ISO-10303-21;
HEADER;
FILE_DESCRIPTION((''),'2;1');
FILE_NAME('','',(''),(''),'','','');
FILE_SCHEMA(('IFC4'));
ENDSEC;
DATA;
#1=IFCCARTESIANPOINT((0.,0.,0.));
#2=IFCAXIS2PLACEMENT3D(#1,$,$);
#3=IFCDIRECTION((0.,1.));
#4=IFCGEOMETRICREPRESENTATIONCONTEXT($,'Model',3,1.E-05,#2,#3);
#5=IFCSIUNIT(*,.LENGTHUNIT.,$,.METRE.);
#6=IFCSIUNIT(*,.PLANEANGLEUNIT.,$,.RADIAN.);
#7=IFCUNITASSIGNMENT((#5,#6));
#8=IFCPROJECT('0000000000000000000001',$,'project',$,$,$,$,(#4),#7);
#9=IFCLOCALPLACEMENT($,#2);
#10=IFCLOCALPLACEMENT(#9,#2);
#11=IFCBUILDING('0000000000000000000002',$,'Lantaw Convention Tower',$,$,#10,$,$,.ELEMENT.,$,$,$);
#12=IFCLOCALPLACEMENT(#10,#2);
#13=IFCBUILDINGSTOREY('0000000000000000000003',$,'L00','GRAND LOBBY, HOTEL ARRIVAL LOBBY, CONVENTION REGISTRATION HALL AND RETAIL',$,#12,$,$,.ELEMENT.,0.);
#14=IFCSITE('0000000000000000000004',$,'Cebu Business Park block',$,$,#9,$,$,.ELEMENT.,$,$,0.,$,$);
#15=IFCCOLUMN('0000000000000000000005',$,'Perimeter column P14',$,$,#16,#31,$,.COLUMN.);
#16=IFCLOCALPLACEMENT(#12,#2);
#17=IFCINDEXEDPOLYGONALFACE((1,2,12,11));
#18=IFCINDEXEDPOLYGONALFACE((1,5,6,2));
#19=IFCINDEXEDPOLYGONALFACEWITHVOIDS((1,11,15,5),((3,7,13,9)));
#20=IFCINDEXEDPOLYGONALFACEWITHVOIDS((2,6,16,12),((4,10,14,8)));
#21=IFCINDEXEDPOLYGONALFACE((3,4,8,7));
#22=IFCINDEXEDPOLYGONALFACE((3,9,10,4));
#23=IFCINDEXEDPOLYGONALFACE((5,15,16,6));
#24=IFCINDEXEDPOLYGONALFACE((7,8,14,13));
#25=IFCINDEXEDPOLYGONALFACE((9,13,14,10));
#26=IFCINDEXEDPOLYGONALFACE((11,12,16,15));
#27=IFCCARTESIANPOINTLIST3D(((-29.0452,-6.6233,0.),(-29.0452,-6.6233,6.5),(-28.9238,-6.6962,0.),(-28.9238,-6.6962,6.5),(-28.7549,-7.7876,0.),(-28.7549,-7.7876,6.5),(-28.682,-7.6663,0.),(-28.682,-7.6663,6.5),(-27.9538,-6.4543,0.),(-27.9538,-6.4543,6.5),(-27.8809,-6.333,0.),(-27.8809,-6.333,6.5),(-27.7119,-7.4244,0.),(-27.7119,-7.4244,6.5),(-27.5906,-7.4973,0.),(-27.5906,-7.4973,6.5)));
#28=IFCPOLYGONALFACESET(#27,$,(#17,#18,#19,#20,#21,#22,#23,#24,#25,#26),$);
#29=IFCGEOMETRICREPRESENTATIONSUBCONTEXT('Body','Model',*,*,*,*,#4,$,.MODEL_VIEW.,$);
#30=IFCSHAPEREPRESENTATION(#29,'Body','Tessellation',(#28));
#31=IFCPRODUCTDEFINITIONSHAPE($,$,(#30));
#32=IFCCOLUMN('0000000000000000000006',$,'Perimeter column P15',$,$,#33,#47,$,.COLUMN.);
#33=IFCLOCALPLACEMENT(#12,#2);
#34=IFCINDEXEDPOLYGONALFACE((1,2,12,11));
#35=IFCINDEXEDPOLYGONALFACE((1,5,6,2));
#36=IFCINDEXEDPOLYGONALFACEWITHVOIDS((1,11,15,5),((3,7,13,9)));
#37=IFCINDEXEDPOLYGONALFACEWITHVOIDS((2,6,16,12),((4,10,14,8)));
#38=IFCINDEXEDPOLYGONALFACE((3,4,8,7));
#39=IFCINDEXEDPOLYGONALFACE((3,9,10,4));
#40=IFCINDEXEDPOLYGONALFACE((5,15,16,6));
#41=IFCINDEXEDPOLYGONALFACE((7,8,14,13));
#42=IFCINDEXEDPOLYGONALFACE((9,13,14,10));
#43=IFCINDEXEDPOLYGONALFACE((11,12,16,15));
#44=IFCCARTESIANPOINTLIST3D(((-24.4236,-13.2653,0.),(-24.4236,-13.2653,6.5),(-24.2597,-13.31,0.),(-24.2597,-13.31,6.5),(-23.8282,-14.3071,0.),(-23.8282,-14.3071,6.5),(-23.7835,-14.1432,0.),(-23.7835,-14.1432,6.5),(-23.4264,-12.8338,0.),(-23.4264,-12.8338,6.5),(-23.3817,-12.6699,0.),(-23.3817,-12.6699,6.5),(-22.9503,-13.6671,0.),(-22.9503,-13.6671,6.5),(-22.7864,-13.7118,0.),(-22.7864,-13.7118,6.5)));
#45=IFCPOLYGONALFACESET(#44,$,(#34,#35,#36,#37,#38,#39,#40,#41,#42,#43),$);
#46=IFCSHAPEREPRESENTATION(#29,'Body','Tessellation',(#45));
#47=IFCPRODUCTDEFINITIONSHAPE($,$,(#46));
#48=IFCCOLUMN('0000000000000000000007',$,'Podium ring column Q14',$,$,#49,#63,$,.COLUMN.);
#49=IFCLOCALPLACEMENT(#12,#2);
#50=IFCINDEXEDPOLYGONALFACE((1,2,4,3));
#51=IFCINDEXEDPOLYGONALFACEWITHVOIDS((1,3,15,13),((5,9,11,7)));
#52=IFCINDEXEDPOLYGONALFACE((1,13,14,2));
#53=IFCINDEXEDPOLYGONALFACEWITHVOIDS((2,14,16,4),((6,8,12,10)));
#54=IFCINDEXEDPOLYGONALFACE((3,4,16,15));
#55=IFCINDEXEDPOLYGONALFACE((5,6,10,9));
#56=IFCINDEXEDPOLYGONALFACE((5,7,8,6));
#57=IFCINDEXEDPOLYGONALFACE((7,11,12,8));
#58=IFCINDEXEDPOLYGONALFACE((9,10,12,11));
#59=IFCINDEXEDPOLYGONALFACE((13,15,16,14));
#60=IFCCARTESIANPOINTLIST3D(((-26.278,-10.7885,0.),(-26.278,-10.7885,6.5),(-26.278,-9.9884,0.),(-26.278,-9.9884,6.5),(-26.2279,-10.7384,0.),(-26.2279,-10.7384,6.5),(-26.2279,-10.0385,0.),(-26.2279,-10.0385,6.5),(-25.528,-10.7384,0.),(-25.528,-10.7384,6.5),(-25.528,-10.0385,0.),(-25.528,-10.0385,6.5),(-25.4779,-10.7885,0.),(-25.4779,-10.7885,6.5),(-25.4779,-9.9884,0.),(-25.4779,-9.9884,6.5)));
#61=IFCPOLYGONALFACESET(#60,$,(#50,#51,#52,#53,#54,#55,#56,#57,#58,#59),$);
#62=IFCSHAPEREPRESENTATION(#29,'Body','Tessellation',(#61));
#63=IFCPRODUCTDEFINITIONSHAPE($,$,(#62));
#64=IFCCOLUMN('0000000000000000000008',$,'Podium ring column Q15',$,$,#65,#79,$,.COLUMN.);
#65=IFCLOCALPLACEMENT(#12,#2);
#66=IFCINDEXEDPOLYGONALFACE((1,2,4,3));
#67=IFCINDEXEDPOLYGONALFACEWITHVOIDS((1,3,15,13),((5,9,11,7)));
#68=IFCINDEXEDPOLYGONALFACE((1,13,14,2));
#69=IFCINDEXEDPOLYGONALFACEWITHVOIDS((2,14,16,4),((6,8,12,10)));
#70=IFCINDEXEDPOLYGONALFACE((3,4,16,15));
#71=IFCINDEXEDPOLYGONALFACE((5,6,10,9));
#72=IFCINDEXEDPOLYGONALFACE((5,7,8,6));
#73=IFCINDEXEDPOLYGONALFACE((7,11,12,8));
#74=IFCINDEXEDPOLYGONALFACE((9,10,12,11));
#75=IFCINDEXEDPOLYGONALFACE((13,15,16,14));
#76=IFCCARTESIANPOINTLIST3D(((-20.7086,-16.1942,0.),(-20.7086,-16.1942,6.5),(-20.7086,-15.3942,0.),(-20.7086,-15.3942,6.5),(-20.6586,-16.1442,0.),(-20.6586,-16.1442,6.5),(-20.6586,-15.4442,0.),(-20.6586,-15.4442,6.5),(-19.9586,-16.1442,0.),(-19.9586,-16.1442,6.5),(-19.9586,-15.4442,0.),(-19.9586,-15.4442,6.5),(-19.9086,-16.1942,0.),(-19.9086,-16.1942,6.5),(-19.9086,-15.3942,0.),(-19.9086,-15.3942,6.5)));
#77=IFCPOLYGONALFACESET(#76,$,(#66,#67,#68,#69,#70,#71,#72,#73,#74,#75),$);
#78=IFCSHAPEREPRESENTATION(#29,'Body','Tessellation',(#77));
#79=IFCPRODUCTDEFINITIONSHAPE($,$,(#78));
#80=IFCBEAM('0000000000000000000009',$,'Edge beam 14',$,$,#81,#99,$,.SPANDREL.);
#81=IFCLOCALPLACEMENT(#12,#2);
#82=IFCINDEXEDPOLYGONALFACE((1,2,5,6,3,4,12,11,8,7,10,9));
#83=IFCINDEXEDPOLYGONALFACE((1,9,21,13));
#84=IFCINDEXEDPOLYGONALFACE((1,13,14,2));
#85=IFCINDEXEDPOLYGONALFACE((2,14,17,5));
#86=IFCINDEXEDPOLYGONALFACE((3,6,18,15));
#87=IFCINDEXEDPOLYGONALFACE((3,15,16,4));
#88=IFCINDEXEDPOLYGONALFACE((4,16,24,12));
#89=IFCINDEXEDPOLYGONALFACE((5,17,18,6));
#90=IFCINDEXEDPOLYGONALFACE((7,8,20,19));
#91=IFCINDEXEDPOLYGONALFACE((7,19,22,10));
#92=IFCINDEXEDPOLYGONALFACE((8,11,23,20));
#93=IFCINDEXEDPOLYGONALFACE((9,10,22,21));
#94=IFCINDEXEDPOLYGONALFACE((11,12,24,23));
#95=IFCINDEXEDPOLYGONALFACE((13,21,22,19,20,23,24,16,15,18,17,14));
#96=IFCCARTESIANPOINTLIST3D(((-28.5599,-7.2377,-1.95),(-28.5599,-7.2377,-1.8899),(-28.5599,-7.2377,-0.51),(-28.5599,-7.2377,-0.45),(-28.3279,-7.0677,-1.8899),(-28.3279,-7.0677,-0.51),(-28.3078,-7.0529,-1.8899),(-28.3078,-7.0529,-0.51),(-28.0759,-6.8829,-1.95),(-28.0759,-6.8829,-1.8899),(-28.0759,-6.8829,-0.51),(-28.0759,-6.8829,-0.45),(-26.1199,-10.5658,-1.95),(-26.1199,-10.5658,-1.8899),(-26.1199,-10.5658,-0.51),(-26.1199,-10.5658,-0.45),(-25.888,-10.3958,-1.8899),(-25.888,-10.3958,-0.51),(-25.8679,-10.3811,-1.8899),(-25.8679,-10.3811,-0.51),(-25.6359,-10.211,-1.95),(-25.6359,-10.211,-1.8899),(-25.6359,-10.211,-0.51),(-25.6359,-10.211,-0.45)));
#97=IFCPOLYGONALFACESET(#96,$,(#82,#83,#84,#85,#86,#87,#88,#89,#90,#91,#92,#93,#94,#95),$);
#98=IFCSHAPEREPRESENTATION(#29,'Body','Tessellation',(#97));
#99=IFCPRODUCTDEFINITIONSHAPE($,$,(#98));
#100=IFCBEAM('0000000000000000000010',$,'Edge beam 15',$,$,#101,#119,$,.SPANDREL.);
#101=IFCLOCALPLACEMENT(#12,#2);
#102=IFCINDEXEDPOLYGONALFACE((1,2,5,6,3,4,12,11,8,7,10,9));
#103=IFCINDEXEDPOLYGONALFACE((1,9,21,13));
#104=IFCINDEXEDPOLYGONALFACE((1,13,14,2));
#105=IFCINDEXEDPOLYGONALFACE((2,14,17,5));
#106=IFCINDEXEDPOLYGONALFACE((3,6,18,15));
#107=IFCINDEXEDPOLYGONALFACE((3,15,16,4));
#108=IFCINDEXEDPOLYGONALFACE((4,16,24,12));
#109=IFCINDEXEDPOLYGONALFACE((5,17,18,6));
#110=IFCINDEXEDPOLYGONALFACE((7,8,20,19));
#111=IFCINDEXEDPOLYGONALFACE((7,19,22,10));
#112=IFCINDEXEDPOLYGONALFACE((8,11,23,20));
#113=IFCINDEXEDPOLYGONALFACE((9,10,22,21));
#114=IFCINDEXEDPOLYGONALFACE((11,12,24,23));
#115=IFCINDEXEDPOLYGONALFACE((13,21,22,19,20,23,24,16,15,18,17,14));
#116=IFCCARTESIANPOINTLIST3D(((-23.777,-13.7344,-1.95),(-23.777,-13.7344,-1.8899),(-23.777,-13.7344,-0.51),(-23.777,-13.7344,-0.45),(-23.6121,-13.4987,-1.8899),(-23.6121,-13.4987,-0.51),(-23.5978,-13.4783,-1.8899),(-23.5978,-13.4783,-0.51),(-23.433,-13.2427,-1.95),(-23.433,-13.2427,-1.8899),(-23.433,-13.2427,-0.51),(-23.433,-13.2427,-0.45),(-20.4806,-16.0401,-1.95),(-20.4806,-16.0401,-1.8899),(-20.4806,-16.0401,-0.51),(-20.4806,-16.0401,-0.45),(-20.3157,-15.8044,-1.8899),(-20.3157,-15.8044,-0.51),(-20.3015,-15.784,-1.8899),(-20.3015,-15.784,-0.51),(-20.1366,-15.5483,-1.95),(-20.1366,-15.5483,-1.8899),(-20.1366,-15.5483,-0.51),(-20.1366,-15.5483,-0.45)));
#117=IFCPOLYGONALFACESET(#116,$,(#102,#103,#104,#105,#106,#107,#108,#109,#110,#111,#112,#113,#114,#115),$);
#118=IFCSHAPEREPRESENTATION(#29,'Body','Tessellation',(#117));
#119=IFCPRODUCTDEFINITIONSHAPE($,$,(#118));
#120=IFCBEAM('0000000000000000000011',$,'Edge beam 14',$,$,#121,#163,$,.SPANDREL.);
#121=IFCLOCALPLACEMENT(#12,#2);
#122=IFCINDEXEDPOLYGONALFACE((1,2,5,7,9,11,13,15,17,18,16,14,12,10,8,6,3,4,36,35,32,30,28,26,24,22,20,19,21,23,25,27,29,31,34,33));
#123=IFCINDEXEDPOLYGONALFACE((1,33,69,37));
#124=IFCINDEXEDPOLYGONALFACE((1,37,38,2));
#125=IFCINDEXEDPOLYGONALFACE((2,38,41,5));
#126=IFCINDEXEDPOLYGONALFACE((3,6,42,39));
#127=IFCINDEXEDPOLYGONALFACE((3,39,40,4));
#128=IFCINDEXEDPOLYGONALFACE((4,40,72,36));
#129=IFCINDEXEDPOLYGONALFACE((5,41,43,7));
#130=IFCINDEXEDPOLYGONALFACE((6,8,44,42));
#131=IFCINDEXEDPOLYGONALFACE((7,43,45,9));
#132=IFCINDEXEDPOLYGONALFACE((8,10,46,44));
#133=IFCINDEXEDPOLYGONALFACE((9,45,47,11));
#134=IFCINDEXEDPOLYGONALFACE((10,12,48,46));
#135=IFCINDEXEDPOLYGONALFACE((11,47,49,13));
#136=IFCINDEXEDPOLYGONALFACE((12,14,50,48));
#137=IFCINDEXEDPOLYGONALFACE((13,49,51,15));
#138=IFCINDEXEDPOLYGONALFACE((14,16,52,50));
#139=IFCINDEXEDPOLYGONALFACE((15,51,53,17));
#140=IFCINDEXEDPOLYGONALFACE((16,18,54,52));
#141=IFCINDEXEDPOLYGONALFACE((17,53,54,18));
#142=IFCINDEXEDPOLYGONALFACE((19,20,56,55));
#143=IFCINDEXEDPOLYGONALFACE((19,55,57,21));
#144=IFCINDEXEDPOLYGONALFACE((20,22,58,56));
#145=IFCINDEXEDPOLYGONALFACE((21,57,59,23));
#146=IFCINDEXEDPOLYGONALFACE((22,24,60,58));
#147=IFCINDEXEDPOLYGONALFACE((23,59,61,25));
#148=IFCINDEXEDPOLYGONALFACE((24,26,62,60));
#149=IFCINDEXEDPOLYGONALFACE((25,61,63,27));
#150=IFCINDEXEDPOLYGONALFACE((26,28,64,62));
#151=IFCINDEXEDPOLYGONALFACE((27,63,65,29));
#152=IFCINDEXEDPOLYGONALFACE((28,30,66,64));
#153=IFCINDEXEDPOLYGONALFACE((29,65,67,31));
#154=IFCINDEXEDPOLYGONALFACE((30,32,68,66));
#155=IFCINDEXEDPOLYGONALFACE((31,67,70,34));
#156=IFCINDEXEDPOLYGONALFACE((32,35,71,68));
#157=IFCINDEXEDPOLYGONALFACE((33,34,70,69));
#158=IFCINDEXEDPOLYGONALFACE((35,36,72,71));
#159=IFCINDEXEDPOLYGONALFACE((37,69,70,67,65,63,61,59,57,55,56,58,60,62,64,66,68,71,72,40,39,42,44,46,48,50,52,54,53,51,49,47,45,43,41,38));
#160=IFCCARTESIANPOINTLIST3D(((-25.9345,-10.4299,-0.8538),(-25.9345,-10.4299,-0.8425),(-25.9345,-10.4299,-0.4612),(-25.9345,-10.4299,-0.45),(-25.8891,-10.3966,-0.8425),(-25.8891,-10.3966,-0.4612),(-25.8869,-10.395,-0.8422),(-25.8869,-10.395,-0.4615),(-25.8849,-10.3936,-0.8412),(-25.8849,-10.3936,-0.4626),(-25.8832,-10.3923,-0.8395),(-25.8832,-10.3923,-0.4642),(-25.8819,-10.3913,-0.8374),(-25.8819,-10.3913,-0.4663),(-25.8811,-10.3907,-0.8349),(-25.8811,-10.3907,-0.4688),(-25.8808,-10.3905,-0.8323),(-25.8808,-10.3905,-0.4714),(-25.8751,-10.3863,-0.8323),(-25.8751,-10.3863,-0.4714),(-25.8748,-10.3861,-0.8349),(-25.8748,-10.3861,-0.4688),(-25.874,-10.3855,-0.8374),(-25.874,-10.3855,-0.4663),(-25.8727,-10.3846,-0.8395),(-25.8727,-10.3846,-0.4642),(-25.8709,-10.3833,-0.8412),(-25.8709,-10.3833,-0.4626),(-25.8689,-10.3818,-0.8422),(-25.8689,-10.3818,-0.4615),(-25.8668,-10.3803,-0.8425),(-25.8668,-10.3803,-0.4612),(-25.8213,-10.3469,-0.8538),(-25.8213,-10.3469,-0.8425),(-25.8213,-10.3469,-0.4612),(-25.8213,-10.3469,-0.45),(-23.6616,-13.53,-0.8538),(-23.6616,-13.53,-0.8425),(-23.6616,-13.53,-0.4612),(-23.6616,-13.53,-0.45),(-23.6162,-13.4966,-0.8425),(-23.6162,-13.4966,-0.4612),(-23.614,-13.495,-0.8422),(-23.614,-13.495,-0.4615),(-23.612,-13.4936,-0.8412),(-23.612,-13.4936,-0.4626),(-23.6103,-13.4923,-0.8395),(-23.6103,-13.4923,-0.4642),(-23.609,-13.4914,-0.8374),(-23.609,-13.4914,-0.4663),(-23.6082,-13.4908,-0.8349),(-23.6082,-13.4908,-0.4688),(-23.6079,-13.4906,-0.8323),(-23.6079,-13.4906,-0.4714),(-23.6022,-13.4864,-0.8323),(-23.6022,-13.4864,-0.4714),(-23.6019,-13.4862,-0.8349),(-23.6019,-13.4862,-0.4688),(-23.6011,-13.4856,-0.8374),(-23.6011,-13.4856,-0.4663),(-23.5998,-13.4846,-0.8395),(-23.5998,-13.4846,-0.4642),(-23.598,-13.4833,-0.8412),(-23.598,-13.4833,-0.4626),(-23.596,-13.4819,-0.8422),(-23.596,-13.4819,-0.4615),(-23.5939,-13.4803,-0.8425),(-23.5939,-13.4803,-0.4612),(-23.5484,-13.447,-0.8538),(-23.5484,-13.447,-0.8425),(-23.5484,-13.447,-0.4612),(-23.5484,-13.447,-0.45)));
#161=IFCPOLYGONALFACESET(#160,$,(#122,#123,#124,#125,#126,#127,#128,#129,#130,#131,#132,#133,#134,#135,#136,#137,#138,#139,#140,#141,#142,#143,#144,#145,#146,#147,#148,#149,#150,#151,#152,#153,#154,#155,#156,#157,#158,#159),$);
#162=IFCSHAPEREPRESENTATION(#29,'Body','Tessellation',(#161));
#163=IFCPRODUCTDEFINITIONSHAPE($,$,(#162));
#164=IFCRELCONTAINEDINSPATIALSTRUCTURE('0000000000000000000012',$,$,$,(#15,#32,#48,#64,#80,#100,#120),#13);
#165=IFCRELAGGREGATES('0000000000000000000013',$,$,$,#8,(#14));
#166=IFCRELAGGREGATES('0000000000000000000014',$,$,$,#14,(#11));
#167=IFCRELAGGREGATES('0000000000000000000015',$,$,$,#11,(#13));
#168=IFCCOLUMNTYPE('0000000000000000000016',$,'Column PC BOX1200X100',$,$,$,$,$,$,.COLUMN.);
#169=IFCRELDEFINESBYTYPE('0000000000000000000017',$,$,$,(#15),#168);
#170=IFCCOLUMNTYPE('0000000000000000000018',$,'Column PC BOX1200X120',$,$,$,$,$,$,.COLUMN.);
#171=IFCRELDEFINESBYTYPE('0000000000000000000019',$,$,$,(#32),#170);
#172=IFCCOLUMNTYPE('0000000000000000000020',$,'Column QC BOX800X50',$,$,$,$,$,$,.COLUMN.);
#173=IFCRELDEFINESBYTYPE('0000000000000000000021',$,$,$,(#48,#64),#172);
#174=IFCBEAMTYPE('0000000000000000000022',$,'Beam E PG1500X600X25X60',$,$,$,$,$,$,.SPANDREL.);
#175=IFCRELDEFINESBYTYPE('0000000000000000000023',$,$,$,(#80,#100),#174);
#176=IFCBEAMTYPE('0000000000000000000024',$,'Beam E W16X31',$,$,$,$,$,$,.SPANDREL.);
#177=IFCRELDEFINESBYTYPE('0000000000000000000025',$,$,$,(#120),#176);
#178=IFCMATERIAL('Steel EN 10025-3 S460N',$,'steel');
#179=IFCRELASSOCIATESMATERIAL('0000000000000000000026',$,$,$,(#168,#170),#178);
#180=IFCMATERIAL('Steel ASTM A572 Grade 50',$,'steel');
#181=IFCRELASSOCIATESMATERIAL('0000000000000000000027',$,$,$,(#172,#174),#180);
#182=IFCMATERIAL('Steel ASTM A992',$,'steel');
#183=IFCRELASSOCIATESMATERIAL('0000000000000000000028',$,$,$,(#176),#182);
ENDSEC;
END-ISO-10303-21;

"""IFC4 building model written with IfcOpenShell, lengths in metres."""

from ifc_helpers import new_model, si_unit, direction, frame, origin, origin_2d, place, context, subcontext, project, spatial, rectangle, hollow_rectangle, i_section, extrude, material, material_profile, profile_set, type_object, element, save


model = new_model("IFC4")

# Units and contexts
model_context = context("Model", 3, precision=1e-05, world=origin(), true_north=direction((0.0, 1.0)))
body_context = subcontext(model_context, "Body", "Model", "MODEL_VIEW")
ifc_project = project(units=[si_unit("LENGTHUNIT", "METRE"), si_unit("PLANEANGLEUNIT", "RADIAN")], contexts=[model_context])

# Site, building, storey
site_placement = place(None, origin())
site = spatial("IfcSite", under=ifc_project, at=site_placement, Name="Cebu Business Park block", CompositionType="ELEMENT", RefElevation=0.0)
building_placement = place(site_placement, origin())
building = spatial("IfcBuilding", under=site, at=building_placement, Name="Lantaw Convention Tower", CompositionType="ELEMENT")
storey_placement = place(building_placement, origin())
storey = spatial("IfcBuildingStorey", under=building, at=storey_placement, Name="L00", Description="GRAND LOBBY, HOTEL ARRIVAL LOBBY, CONVENTION REGISTRATION HALL AND RETAIL", CompositionType="ELEMENT", Elevation=0.0)

# Columns
ifc_material_1 = material(Name="Steel EN 10025-3 S460N", Category="steel")
ifc_material_profile_1 = material_profile(ifc_material_1, hollow_rectangle(XDim=1.2, YDim=1.2, WallThickness=0.1001, at=origin_2d()), Name="BOX1200X100")
ifc_material_2 = material(Name="Concrete C60/75", Category="concrete")
ifc_material_profile_2 = material_profile(ifc_material_2, rectangle(XDim=1.0, YDim=1.0, at=origin_2d()), Name="Concrete fill of BOX1200X100")
ifc_profile_set_1 = profile_set([ifc_material_profile_1, ifc_material_profile_2], Name="Steel EN 10025-3 S460N")
column_type_1 = type_object("IfcColumnType", Name="Column PC BOX1200X100", PredefinedType="COLUMN", material=ifc_profile_set_1)
column_1_placement = place(storey_placement, frame((-28.3179, -7.0603, 0.0), z_axis=(0.0, 0.0, 1.0), x_axis=(0.970296, 0.241922, 0.0)))
element("IfcColumn", 1, at=column_1_placement, inside=storey, type_object=column_type_1, Name="Perimeter column P14", PredefinedType="COLUMN", context=body_context, shape_type="SweptSolid", body=[
    extrude(hollow_rectangle(XDim=1.2, YDim=1.2, WallThickness=0.1001, at=origin_2d()), origin(), (0.0, 0.0, 1.0), 6.5),
])
ifc_material_profile_3 = material_profile(ifc_material_1, hollow_rectangle(XDim=1.2, YDim=1.2, WallThickness=0.1201, at=origin_2d()), Name="BOX1200X120")
ifc_material_profile_4 = material_profile(ifc_material_2, rectangle(XDim=0.96, YDim=0.96, at=origin_2d()), Name="Concrete fill of BOX1200X120")
ifc_profile_set_2 = profile_set([ifc_material_profile_3, ifc_material_profile_4], Name="Steel EN 10025-3 S460N")
column_type_2 = type_object("IfcColumnType", Name="Column PC BOX1200X120", PredefinedType="COLUMN", material=ifc_profile_set_2)
column_2_placement = place(storey_placement, frame((-23.605, -13.4885, 0.0), z_axis=(0.0, 0.0, 1.0), x_axis=(0.868243, 0.496139, 0.0)))
element("IfcColumn", 2, at=column_2_placement, inside=storey, type_object=column_type_2, Name="Perimeter column P15", PredefinedType="COLUMN", context=body_context, shape_type="SweptSolid", body=[
    extrude(hollow_rectangle(XDim=1.2, YDim=1.2, WallThickness=0.1201, at=origin_2d()), origin(), (0.0, 0.0, 1.0), 6.5),
])
ifc_material_3 = material(Name="Steel ASTM A572 Grade 50", Category="steel")
ifc_material_profile_5 = material_profile(ifc_material_3, hollow_rectangle(XDim=0.8, YDim=0.8, WallThickness=0.05, at=origin_2d()), Name="BOX800X50")
ifc_profile_set_3 = profile_set([ifc_material_profile_5], Name="Steel ASTM A572 Grade 50")
column_type_3 = type_object("IfcColumnType", Name="Column QC BOX800X50", PredefinedType="COLUMN", material=ifc_profile_set_3)
for number, where, z_axis, x_axis, name in (
    (3, (-25.8779, -10.3884, 0.0), (0.0, 0.0, 1.0), (1.0, 0.0, 0.0), "Podium ring column Q14"),
    (4, (-20.3086, -15.7942, 0.0), (0.0, 0.0, 1.0), (1.0, 0.0, 0.0), "Podium ring column Q15"),
):
    element("IfcColumn", number, at=place(storey_placement, frame(where, z_axis=z_axis, x_axis=x_axis)), inside=storey, type_object=column_type_3, Name=name, PredefinedType="COLUMN", context=body_context, shape_type="SweptSolid", body=[
        extrude(hollow_rectangle(XDim=0.8, YDim=0.8, WallThickness=0.05, at=origin_2d()), origin(), (0.0, 0.0, 1.0), 6.5),
    ])

# Beams
ifc_material_profile_6 = material_profile(ifc_material_3, i_section(OverallWidth=0.6001, OverallDepth=1.5, WebThickness=0.0249, FlangeThickness=0.0601, at=origin_2d()), Name="PG1500X600X25X60")
ifc_profile_set_4 = profile_set([ifc_material_profile_6], Name="Steel ASTM A572 Grade 50")
beam_type_1 = type_object("IfcBeamType", Name="Beam E PG1500X600X25X60", PredefinedType="SPANDREL", material=ifc_profile_set_4)
beam_1_placement = place(storey_placement, frame((-28.3179, -7.0603, -1.2), z_axis=(0.591256, -0.806484, 0.0), x_axis=(0.806484, 0.591256, 0.0)))
element("IfcBeam", 5, at=beam_1_placement, inside=storey, type_object=beam_type_1, Name="Edge beam 14", PredefinedType="SPANDREL", context=body_context, shape_type="SweptSolid", body=[
    extrude(i_section(OverallWidth=0.6001, OverallDepth=1.5, WebThickness=0.0249, FlangeThickness=0.0601, at=origin_2d()), origin(), (0.0, 0.0, 1.0), 4.1267),
])
beam_2_placement = place(storey_placement, frame((-23.605, -13.4885, -1.2), z_axis=(0.819443, -0.573161, 0.0), x_axis=(0.573161, 0.819443, 0.0)))
element("IfcBeam", 6, at=beam_2_placement, inside=storey, type_object=beam_type_1, Name="Edge beam 15", PredefinedType="SPANDREL", context=body_context, shape_type="SweptSolid", body=[
    extrude(i_section(OverallWidth=0.6001, OverallDepth=1.5, WebThickness=0.0249, FlangeThickness=0.0601, at=origin_2d()), origin(), (0.0, 0.0, 1.0), 4.0227),
])
ifc_material_4 = material(Name="Steel ASTM A992", Category="steel")
ifc_material_profile_7 = material_profile(ifc_material_4, i_section(OverallWidth=0.1404, OverallDepth=0.4038, WebThickness=0.0071, FlangeThickness=0.0112, FilletRadius=0.0103, at=origin_2d()), Name="W16X31")
ifc_profile_set_5 = profile_set([ifc_material_profile_7], Name="Steel ASTM A992")
beam_type_2 = type_object("IfcBeamType", Name="Beam E W16X31", PredefinedType="SPANDREL", material=ifc_profile_set_5)
beam_3_placement = place(storey_placement, frame((-25.8779, -10.3884, -0.6519), z_axis=(0.591287, -0.806462, 0.0), x_axis=(0.806462, 0.591287, 0.0)))
element("IfcBeam", 7, at=beam_3_placement, inside=storey, type_object=beam_type_2, Name="Edge beam 14", PredefinedType="SPANDREL", context=body_context, shape_type="SweptSolid", body=[
    extrude(i_section(OverallWidth=0.1404, OverallDepth=0.4038, WebThickness=0.0071, FlangeThickness=0.0112, FilletRadius=0.0103, at=origin_2d()), origin(), (0.0, 0.0, 1.0), 3.844),
])

save(model, "model.ifc")
